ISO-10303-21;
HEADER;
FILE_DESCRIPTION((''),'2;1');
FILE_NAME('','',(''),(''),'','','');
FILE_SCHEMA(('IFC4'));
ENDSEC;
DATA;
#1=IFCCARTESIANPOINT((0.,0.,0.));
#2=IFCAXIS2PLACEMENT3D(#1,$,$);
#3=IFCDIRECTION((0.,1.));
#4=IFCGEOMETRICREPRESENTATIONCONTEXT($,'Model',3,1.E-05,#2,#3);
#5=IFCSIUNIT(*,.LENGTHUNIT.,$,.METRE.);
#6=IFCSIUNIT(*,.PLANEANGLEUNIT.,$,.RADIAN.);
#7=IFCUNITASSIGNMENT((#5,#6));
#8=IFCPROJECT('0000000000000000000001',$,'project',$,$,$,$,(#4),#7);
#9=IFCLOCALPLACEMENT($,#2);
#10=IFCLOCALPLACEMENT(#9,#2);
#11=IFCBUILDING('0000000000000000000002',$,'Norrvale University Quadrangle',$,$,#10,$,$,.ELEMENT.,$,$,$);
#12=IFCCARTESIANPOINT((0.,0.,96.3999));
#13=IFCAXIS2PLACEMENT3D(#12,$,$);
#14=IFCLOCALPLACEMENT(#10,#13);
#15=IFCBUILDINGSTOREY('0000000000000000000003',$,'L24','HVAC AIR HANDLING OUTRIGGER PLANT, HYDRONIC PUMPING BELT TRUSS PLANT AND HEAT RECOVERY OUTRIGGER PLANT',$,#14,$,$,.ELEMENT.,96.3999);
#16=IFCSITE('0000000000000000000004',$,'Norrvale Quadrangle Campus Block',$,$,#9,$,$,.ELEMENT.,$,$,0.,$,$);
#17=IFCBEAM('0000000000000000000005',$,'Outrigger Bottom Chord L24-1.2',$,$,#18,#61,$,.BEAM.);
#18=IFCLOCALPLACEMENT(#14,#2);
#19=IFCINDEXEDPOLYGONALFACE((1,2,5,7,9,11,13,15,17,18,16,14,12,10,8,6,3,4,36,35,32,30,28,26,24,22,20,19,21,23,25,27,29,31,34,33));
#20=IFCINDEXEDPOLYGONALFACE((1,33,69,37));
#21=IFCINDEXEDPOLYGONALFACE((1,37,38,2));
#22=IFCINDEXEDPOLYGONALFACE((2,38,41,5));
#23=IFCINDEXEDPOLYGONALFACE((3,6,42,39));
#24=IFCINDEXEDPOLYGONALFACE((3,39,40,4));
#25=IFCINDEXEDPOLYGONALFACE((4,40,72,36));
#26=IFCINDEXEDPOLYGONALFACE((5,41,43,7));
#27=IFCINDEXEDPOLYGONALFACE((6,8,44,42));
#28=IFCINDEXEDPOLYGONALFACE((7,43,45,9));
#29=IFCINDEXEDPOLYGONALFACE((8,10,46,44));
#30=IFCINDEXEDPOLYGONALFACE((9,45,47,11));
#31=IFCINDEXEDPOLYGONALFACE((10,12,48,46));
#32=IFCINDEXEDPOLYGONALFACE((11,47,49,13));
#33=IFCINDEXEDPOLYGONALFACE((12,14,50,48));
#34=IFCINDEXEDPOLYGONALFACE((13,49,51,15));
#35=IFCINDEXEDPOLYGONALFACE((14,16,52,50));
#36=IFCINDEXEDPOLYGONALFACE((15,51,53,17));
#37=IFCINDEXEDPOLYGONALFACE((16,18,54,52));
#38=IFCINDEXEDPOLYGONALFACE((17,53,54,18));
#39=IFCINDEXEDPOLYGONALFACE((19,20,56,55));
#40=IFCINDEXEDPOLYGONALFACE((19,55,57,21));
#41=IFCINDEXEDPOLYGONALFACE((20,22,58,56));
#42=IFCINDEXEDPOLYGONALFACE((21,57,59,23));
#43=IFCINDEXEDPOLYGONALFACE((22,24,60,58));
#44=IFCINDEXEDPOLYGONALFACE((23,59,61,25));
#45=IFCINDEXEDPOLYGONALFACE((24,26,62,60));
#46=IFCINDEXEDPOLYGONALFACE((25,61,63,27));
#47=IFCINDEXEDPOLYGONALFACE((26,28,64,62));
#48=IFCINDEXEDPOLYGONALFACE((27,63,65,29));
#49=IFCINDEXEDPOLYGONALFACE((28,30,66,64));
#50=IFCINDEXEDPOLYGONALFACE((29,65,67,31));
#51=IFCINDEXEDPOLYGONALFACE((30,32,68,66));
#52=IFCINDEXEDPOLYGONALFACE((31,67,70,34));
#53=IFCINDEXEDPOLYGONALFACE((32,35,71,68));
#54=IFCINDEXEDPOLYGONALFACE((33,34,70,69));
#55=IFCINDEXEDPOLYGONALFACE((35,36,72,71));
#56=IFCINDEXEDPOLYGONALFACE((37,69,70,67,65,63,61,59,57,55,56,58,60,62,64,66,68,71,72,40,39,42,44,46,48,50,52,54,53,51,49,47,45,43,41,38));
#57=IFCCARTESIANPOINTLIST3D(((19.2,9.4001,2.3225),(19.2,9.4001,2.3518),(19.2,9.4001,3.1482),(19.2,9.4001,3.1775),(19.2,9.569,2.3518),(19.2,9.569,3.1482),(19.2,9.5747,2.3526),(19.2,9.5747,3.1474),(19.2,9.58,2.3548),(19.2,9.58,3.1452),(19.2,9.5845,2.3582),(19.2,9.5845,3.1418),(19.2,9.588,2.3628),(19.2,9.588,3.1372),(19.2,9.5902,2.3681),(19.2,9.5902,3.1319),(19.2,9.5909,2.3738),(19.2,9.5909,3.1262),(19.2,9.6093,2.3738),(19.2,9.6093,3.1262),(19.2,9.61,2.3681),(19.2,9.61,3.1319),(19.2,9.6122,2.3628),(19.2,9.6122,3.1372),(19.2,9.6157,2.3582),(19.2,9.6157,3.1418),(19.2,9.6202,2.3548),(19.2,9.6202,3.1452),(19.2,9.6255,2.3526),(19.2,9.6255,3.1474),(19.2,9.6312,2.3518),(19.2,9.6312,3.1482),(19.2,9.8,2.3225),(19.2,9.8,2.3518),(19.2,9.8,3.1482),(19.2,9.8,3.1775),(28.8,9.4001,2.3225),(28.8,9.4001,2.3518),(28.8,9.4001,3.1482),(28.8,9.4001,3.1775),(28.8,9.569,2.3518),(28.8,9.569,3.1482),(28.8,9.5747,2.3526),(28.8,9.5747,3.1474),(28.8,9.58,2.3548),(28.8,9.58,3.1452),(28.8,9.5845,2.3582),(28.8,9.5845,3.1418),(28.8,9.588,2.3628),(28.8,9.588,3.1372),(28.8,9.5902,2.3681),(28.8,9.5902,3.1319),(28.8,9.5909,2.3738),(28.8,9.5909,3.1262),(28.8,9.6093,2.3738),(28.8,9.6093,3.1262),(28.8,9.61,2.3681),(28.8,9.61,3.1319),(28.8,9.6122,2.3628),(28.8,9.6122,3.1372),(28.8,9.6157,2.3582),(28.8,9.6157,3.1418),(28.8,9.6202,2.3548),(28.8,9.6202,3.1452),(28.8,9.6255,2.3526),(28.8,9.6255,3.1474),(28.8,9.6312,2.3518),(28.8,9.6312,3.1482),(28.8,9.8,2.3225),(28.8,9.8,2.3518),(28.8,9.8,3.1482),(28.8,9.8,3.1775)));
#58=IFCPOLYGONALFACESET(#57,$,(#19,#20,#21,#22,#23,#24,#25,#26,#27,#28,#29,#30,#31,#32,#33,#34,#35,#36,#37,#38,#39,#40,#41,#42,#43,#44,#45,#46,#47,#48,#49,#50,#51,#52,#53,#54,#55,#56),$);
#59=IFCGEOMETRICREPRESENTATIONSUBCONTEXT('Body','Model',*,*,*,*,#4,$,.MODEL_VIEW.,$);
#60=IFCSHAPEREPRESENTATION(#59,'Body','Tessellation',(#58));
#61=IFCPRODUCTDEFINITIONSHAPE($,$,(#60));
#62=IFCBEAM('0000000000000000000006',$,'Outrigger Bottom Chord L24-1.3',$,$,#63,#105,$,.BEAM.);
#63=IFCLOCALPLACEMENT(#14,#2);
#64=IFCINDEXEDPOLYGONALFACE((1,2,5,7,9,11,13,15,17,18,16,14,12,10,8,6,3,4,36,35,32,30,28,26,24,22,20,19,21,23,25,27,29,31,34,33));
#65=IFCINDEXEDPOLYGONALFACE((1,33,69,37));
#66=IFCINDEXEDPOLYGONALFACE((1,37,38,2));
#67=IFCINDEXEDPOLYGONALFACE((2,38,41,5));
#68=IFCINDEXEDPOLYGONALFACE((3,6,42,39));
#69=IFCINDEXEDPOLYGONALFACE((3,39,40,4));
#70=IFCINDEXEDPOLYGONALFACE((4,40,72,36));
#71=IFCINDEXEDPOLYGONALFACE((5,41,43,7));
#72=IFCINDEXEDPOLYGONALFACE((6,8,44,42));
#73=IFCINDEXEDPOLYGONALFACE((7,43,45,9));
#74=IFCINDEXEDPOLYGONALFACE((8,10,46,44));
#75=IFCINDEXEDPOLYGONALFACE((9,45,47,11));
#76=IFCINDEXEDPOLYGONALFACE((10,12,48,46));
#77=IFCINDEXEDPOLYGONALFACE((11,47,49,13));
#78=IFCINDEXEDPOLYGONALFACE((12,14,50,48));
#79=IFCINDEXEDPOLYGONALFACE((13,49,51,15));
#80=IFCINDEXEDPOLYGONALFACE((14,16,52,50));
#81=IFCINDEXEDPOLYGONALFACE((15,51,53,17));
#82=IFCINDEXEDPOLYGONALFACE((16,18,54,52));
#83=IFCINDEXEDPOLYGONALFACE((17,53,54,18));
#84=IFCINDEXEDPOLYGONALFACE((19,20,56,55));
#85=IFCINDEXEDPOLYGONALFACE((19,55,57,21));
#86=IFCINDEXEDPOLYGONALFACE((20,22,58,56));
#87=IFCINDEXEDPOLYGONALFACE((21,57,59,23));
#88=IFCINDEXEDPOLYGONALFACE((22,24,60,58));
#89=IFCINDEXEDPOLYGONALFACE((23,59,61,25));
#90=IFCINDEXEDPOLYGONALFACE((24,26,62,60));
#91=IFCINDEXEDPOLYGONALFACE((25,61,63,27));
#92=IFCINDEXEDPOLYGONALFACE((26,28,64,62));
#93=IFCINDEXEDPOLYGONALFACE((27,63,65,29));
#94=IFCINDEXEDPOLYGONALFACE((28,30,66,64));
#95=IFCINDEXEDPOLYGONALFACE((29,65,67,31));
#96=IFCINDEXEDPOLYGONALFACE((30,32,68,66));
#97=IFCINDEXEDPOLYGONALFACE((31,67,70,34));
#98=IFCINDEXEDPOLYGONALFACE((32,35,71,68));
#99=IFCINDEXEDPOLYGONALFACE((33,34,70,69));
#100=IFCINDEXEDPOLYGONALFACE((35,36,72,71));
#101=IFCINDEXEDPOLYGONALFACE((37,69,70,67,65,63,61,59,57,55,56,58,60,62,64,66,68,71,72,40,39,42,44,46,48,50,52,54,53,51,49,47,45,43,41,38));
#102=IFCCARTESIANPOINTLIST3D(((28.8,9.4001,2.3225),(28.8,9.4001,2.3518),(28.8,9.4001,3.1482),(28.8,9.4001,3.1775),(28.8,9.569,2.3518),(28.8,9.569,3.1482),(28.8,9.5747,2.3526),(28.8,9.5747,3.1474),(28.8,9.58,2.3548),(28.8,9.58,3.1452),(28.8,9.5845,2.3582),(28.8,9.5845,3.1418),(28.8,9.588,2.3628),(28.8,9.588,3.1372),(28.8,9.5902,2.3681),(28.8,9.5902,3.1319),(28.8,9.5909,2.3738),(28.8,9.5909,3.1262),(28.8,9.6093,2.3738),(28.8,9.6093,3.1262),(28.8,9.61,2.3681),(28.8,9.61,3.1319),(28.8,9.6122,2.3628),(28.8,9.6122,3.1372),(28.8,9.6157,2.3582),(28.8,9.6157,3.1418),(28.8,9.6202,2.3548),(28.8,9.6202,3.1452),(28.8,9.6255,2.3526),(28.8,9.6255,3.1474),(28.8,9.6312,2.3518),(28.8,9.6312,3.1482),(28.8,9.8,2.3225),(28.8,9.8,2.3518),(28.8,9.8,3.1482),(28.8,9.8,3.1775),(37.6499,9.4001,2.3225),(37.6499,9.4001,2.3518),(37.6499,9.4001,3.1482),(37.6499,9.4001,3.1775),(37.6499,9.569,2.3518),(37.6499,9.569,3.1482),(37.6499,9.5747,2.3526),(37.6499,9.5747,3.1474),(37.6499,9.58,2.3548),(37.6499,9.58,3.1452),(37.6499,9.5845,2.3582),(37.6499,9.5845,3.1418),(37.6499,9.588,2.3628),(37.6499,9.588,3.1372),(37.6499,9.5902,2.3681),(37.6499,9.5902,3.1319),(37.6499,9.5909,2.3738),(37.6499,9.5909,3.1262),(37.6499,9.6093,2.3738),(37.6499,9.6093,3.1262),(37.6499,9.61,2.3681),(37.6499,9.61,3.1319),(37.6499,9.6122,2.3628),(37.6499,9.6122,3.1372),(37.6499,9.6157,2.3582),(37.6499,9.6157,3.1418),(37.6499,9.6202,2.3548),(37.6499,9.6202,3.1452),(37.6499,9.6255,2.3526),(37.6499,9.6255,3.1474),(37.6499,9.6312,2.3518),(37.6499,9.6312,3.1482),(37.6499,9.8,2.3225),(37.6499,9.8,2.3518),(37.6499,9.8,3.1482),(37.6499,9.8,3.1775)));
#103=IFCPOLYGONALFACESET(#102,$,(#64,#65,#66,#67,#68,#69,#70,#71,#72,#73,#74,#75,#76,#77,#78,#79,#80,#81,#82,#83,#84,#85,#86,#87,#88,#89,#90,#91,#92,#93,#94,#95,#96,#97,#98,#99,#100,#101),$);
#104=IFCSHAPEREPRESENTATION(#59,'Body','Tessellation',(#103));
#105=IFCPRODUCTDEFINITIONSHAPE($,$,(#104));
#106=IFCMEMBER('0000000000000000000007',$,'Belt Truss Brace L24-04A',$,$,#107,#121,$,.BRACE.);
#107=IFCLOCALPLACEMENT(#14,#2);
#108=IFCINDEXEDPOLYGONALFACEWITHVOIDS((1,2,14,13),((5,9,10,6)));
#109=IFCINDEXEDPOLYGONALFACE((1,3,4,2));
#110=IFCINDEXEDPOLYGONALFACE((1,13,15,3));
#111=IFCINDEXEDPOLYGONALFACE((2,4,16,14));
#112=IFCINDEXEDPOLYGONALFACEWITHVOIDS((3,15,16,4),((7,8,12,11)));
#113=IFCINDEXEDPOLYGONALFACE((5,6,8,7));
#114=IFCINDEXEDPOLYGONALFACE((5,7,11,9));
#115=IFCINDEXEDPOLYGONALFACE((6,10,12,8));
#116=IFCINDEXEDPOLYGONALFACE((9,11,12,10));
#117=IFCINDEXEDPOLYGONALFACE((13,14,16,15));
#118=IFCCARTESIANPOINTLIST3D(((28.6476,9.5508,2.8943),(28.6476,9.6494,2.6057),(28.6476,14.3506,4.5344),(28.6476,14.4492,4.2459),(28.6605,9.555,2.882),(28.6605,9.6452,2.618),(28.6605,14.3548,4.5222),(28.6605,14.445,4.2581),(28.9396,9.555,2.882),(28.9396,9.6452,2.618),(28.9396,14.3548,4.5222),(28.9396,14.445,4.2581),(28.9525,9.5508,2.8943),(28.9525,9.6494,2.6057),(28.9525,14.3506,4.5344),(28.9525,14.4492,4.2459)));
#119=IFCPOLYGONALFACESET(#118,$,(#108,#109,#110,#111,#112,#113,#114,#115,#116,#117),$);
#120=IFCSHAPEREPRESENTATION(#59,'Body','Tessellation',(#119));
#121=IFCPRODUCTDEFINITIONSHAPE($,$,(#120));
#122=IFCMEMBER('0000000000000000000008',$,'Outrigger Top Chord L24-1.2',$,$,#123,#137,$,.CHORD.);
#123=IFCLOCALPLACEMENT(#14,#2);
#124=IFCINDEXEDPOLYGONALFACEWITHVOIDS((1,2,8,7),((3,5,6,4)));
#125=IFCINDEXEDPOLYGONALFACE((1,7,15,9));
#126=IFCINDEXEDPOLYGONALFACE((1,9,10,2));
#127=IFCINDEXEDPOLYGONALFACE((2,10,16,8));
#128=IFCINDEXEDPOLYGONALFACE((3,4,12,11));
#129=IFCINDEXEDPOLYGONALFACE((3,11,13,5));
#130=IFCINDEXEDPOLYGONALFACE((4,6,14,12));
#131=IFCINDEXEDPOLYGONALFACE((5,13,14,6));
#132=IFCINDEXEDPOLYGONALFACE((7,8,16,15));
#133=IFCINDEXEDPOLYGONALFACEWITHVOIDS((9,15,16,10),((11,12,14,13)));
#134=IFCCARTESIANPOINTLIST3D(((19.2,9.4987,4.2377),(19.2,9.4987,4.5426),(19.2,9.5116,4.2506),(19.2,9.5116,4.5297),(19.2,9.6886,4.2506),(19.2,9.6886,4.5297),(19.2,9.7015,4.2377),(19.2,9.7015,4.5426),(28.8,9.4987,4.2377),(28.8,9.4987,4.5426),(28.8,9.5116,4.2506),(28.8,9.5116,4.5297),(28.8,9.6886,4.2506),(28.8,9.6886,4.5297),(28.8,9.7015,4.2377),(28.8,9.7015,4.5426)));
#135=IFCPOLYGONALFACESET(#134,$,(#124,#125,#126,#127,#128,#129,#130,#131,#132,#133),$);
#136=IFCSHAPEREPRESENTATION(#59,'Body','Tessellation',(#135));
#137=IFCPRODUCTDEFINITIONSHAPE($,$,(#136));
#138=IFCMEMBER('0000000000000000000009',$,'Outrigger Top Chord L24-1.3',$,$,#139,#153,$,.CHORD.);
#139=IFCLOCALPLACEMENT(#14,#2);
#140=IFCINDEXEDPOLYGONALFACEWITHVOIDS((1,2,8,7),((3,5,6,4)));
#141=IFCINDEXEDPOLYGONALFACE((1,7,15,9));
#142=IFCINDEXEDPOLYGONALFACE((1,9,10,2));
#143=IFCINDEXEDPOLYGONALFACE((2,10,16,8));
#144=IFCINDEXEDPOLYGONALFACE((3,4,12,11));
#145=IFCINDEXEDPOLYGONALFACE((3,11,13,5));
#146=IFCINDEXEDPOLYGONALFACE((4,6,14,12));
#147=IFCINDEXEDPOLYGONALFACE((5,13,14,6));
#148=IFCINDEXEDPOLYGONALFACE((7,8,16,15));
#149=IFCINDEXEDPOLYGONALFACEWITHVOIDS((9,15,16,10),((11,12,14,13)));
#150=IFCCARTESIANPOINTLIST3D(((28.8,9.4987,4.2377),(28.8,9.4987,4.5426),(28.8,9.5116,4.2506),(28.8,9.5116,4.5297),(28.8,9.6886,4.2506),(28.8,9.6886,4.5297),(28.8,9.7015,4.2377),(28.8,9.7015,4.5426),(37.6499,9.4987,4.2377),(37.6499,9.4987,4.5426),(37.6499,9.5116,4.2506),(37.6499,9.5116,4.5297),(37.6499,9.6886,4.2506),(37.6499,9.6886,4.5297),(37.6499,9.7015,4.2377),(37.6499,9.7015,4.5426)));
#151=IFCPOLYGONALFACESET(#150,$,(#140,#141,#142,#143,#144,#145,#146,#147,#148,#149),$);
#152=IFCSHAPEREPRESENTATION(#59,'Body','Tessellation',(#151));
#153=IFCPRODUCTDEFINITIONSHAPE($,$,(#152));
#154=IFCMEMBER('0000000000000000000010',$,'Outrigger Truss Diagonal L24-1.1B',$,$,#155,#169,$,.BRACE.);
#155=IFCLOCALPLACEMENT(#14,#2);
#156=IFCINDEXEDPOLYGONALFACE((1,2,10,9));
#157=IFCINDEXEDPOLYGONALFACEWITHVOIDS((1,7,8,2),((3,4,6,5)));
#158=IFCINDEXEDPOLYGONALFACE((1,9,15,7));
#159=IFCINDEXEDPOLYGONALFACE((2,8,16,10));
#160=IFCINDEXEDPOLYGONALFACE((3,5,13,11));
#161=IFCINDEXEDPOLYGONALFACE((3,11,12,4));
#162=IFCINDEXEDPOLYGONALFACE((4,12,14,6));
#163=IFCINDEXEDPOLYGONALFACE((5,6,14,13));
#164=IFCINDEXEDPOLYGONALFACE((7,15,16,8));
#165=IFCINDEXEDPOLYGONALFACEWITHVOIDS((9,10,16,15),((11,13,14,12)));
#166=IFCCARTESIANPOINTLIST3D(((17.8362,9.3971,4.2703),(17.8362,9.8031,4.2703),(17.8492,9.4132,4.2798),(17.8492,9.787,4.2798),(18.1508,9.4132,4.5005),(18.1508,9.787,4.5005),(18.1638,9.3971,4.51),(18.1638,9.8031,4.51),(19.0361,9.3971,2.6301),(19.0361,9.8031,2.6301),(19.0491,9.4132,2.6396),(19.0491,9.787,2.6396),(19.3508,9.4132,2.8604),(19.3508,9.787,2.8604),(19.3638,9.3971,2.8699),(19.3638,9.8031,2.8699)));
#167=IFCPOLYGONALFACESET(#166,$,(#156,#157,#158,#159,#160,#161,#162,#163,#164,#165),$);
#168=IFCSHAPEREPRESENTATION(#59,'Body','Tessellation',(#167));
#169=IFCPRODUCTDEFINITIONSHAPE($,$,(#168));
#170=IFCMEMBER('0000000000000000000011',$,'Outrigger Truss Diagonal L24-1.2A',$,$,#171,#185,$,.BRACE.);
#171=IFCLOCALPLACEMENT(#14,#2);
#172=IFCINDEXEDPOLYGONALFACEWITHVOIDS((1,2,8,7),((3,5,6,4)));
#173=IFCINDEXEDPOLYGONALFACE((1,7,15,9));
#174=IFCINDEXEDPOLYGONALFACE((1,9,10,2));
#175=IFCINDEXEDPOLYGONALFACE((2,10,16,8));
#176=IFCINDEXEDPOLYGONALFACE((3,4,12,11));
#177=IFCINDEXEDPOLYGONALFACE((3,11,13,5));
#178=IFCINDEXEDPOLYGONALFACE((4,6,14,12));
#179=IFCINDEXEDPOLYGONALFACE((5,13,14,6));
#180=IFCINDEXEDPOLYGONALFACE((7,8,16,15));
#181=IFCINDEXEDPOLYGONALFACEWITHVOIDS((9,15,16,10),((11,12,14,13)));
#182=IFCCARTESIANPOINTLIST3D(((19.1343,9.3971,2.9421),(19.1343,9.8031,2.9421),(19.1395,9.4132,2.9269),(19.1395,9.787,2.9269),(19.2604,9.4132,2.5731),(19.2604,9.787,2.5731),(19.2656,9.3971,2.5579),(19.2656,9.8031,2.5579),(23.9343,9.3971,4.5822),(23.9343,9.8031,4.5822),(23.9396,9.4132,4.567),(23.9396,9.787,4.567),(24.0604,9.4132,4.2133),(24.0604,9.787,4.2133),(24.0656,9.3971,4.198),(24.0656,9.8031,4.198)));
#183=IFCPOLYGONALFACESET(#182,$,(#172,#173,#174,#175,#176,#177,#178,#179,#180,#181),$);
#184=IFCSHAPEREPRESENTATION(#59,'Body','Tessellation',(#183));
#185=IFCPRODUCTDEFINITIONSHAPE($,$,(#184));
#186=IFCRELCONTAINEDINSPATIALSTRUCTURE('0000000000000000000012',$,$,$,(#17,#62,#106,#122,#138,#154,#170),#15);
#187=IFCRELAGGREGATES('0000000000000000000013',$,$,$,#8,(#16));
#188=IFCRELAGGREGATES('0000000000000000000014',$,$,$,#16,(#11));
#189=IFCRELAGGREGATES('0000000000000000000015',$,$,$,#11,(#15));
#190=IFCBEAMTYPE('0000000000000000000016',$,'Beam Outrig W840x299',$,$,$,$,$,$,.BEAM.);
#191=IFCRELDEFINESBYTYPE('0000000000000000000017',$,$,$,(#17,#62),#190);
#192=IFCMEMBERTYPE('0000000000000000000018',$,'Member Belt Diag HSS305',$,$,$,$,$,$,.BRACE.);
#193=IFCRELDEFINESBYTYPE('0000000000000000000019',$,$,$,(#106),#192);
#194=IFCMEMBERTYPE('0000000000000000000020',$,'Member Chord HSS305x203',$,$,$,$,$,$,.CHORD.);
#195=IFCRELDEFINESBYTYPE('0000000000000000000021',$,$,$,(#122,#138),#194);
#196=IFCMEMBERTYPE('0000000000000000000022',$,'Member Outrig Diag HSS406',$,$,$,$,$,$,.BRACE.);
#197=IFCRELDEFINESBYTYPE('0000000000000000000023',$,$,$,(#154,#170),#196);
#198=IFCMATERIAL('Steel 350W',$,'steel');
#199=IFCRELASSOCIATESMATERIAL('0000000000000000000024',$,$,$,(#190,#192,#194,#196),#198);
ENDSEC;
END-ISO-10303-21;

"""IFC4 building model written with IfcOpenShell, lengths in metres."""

from ifc_helpers import new_model, si_unit, direction, frame, origin, origin_2d, place, context, subcontext, project, spatial, hollow_rectangle, i_section, extrude, material, material_profile, profile_set, type_object, element, save


model = new_model("IFC4")

# Units and contexts
model_context = context("Model", 3, precision=1e-05, world=origin(), true_north=direction((0.0, 1.0)))
body_context = subcontext(model_context, "Body", "Model", "MODEL_VIEW")
ifc_project = project(units=[si_unit("LENGTHUNIT", "METRE"), si_unit("PLANEANGLEUNIT", "RADIAN")], contexts=[model_context])

# Site, building, storey
site_placement = place(None, origin())
site = spatial("IfcSite", under=ifc_project, at=site_placement, Name="Norrvale Quadrangle Campus Block", CompositionType="ELEMENT", RefElevation=0.0)
building_placement = place(site_placement, origin())
building = spatial("IfcBuilding", under=site, at=building_placement, Name="Norrvale University Quadrangle", CompositionType="ELEMENT")
storey_placement = place(building_placement, frame((0.0, 0.0, 96.3999)))
storey = spatial("IfcBuildingStorey", under=building, at=storey_placement, Name="L24", Description="HVAC AIR HANDLING OUTRIGGER PLANT, HYDRONIC PUMPING BELT TRUSS PLANT AND HEAT RECOVERY OUTRIGGER PLANT", CompositionType="ELEMENT", Elevation=96.3999)

# Beams
ifc_material_1 = material(Name="Steel 350W", Category="steel")
ifc_material_profile_1 = material_profile(ifc_material_1, i_section(OverallWidth=0.3999, OverallDepth=0.855, WebThickness=0.0183, FlangeThickness=0.0293, FilletRadius=0.022, at=origin_2d()), Name="Steel 350W")
ifc_profile_set_1 = profile_set([ifc_material_profile_1], Name="Steel 350W")
beam_type_1 = type_object("IfcBeamType", Name="Beam Outrig W840x299", PredefinedType="BEAM", material=ifc_profile_set_1)
beam_1_placement = place(storey_placement, frame((19.2, 9.6001, 2.75), z_axis=(1.0, 0.0, 0.0), x_axis=(0.0, 1.0, 0.0)))
element("IfcBeam", 1, at=beam_1_placement, inside=storey, type_object=beam_type_1, Name="Outrigger Bottom Chord L24-1.2", PredefinedType="BEAM", context=body_context, shape_type="SweptSolid", body=[
    extrude(i_section(OverallWidth=0.3999, OverallDepth=0.855, WebThickness=0.0183, FlangeThickness=0.0293, FilletRadius=0.022, at=origin_2d()), origin(), (0.0, 0.0, 1.0), 9.6001),
])
beam_2_placement = place(storey_placement, frame((28.8, 9.6001, 2.75), z_axis=(1.0, 0.0, 0.0), x_axis=(0.0, 1.0, 0.0)))
element("IfcBeam", 2, at=beam_2_placement, inside=storey, type_object=beam_type_1, Name="Outrigger Bottom Chord L24-1.3", PredefinedType="BEAM", context=body_context, shape_type="SweptSolid", body=[
    extrude(i_section(OverallWidth=0.3999, OverallDepth=0.855, WebThickness=0.0183, FlangeThickness=0.0293, FilletRadius=0.022, at=origin_2d()), origin(), (0.0, 0.0, 1.0), 8.8499),
])

# Members
ifc_material_profile_2 = material_profile(ifc_material_1, hollow_rectangle(XDim=0.3049, YDim=0.3049, WallThickness=0.0129, at=origin_2d()), Name="Steel 350W")
ifc_profile_set_2 = profile_set([ifc_material_profile_2], Name="Steel 350W")
member_type_1 = type_object("IfcMemberType", Name="Member Belt Diag HSS305", PredefinedType="BRACE", material=ifc_profile_set_2)
member_1_placement = place(storey_placement, frame((28.8, 9.6001, 2.75), z_axis=(0.0, 0.946279, 0.323352), x_axis=(-1.0, 0.0, 0.0)))
element("IfcMember", 3, at=member_1_placement, inside=storey, type_object=member_type_1, Name="Belt Truss Brace L24-04A", PredefinedType="BRACE", context=body_context, shape_type="SweptSolid", body=[
    extrude(hollow_rectangle(XDim=0.3049, YDim=0.3049, WallThickness=0.0129, at=origin_2d()), origin(), (0.0, 0.0, 1.0), 5.0723),
])
ifc_material_profile_3 = material_profile(ifc_material_1, hollow_rectangle(XDim=0.2029, YDim=0.3049, WallThickness=0.0129, at=origin_2d()), Name="Steel 350W")
ifc_profile_set_3 = profile_set([ifc_material_profile_3], Name="Steel 350W")
member_type_2 = type_object("IfcMemberType", Name="Member Chord HSS305x203", PredefinedType="CHORD", material=ifc_profile_set_3)
member_2_placement = place(storey_placement, frame((19.2, 9.6001, 4.3901), z_axis=(1.0, 0.0, 0.0), x_axis=(0.0, 1.0, 0.0)))
element("IfcMember", 4, at=member_2_placement, inside=storey, type_object=member_type_2, Name="Outrigger Top Chord L24-1.2", PredefinedType="CHORD", context=body_context, shape_type="SweptSolid", body=[
    extrude(hollow_rectangle(XDim=0.2029, YDim=0.3049, WallThickness=0.0129, at=origin_2d()), origin(), (0.0, 0.0, 1.0), 9.6001),
])
member_3_placement = place(storey_placement, frame((28.8, 9.6001, 4.3901), z_axis=(1.0, 0.0, 0.0), x_axis=(0.0, 1.0, 0.0)))
element("IfcMember", 5, at=member_3_placement, inside=storey, type_object=member_type_2, Name="Outrigger Top Chord L24-1.3", PredefinedType="CHORD", context=body_context, shape_type="SweptSolid", body=[
    extrude(hollow_rectangle(XDim=0.2029, YDim=0.3049, WallThickness=0.0129, at=origin_2d()), origin(), (0.0, 0.0, 1.0), 8.8499),
])
ifc_material_profile_4 = material_profile(ifc_material_1, hollow_rectangle(XDim=0.406, YDim=0.406, WallThickness=0.0161, at=origin_2d()), Name="Steel 350W")
ifc_profile_set_4 = profile_set([ifc_material_profile_4], Name="Steel 350W")
member_type_3 = type_object("IfcMemberType", Name="Member Outrig Diag HSS406", PredefinedType="BRACE", material=ifc_profile_set_4)
member_4_placement = place(storey_placement, frame((19.2, 9.6001, 2.75), z_axis=(-0.590462, 0.0, 0.807065), x_axis=(0.0, -1.0, 0.0)))
element("IfcMember", 6, at=member_4_placement, inside=storey, type_object=member_type_3, Name="Outrigger Truss Diagonal L24-1.1B", PredefinedType="BRACE", context=body_context, shape_type="SweptSolid", body=[
    extrude(hollow_rectangle(XDim=0.406, YDim=0.406, WallThickness=0.0161, at=origin_2d()), origin(), (0.0, 0.0, 1.0), 2.0322),
])
for number, where, z_axis, x_axis, name in (
    (7, (19.2, 9.6001, 2.75), (0.946284, 0.0, 0.323337), (0.0, 1.0, 0.0), "Outrigger Truss Diagonal L24-1.2A"),
):
    element("IfcMember", number, at=place(storey_placement, frame(where, z_axis=z_axis, x_axis=x_axis)), inside=storey, type_object=member_type_3, Name=name, PredefinedType="BRACE", context=body_context, shape_type="SweptSolid", body=[
        extrude(hollow_rectangle(XDim=0.406, YDim=0.406, WallThickness=0.0161, at=origin_2d()), origin(), (0.0, 0.0, 1.0), 5.0725),
    ])

save(model, "model.ifc")
